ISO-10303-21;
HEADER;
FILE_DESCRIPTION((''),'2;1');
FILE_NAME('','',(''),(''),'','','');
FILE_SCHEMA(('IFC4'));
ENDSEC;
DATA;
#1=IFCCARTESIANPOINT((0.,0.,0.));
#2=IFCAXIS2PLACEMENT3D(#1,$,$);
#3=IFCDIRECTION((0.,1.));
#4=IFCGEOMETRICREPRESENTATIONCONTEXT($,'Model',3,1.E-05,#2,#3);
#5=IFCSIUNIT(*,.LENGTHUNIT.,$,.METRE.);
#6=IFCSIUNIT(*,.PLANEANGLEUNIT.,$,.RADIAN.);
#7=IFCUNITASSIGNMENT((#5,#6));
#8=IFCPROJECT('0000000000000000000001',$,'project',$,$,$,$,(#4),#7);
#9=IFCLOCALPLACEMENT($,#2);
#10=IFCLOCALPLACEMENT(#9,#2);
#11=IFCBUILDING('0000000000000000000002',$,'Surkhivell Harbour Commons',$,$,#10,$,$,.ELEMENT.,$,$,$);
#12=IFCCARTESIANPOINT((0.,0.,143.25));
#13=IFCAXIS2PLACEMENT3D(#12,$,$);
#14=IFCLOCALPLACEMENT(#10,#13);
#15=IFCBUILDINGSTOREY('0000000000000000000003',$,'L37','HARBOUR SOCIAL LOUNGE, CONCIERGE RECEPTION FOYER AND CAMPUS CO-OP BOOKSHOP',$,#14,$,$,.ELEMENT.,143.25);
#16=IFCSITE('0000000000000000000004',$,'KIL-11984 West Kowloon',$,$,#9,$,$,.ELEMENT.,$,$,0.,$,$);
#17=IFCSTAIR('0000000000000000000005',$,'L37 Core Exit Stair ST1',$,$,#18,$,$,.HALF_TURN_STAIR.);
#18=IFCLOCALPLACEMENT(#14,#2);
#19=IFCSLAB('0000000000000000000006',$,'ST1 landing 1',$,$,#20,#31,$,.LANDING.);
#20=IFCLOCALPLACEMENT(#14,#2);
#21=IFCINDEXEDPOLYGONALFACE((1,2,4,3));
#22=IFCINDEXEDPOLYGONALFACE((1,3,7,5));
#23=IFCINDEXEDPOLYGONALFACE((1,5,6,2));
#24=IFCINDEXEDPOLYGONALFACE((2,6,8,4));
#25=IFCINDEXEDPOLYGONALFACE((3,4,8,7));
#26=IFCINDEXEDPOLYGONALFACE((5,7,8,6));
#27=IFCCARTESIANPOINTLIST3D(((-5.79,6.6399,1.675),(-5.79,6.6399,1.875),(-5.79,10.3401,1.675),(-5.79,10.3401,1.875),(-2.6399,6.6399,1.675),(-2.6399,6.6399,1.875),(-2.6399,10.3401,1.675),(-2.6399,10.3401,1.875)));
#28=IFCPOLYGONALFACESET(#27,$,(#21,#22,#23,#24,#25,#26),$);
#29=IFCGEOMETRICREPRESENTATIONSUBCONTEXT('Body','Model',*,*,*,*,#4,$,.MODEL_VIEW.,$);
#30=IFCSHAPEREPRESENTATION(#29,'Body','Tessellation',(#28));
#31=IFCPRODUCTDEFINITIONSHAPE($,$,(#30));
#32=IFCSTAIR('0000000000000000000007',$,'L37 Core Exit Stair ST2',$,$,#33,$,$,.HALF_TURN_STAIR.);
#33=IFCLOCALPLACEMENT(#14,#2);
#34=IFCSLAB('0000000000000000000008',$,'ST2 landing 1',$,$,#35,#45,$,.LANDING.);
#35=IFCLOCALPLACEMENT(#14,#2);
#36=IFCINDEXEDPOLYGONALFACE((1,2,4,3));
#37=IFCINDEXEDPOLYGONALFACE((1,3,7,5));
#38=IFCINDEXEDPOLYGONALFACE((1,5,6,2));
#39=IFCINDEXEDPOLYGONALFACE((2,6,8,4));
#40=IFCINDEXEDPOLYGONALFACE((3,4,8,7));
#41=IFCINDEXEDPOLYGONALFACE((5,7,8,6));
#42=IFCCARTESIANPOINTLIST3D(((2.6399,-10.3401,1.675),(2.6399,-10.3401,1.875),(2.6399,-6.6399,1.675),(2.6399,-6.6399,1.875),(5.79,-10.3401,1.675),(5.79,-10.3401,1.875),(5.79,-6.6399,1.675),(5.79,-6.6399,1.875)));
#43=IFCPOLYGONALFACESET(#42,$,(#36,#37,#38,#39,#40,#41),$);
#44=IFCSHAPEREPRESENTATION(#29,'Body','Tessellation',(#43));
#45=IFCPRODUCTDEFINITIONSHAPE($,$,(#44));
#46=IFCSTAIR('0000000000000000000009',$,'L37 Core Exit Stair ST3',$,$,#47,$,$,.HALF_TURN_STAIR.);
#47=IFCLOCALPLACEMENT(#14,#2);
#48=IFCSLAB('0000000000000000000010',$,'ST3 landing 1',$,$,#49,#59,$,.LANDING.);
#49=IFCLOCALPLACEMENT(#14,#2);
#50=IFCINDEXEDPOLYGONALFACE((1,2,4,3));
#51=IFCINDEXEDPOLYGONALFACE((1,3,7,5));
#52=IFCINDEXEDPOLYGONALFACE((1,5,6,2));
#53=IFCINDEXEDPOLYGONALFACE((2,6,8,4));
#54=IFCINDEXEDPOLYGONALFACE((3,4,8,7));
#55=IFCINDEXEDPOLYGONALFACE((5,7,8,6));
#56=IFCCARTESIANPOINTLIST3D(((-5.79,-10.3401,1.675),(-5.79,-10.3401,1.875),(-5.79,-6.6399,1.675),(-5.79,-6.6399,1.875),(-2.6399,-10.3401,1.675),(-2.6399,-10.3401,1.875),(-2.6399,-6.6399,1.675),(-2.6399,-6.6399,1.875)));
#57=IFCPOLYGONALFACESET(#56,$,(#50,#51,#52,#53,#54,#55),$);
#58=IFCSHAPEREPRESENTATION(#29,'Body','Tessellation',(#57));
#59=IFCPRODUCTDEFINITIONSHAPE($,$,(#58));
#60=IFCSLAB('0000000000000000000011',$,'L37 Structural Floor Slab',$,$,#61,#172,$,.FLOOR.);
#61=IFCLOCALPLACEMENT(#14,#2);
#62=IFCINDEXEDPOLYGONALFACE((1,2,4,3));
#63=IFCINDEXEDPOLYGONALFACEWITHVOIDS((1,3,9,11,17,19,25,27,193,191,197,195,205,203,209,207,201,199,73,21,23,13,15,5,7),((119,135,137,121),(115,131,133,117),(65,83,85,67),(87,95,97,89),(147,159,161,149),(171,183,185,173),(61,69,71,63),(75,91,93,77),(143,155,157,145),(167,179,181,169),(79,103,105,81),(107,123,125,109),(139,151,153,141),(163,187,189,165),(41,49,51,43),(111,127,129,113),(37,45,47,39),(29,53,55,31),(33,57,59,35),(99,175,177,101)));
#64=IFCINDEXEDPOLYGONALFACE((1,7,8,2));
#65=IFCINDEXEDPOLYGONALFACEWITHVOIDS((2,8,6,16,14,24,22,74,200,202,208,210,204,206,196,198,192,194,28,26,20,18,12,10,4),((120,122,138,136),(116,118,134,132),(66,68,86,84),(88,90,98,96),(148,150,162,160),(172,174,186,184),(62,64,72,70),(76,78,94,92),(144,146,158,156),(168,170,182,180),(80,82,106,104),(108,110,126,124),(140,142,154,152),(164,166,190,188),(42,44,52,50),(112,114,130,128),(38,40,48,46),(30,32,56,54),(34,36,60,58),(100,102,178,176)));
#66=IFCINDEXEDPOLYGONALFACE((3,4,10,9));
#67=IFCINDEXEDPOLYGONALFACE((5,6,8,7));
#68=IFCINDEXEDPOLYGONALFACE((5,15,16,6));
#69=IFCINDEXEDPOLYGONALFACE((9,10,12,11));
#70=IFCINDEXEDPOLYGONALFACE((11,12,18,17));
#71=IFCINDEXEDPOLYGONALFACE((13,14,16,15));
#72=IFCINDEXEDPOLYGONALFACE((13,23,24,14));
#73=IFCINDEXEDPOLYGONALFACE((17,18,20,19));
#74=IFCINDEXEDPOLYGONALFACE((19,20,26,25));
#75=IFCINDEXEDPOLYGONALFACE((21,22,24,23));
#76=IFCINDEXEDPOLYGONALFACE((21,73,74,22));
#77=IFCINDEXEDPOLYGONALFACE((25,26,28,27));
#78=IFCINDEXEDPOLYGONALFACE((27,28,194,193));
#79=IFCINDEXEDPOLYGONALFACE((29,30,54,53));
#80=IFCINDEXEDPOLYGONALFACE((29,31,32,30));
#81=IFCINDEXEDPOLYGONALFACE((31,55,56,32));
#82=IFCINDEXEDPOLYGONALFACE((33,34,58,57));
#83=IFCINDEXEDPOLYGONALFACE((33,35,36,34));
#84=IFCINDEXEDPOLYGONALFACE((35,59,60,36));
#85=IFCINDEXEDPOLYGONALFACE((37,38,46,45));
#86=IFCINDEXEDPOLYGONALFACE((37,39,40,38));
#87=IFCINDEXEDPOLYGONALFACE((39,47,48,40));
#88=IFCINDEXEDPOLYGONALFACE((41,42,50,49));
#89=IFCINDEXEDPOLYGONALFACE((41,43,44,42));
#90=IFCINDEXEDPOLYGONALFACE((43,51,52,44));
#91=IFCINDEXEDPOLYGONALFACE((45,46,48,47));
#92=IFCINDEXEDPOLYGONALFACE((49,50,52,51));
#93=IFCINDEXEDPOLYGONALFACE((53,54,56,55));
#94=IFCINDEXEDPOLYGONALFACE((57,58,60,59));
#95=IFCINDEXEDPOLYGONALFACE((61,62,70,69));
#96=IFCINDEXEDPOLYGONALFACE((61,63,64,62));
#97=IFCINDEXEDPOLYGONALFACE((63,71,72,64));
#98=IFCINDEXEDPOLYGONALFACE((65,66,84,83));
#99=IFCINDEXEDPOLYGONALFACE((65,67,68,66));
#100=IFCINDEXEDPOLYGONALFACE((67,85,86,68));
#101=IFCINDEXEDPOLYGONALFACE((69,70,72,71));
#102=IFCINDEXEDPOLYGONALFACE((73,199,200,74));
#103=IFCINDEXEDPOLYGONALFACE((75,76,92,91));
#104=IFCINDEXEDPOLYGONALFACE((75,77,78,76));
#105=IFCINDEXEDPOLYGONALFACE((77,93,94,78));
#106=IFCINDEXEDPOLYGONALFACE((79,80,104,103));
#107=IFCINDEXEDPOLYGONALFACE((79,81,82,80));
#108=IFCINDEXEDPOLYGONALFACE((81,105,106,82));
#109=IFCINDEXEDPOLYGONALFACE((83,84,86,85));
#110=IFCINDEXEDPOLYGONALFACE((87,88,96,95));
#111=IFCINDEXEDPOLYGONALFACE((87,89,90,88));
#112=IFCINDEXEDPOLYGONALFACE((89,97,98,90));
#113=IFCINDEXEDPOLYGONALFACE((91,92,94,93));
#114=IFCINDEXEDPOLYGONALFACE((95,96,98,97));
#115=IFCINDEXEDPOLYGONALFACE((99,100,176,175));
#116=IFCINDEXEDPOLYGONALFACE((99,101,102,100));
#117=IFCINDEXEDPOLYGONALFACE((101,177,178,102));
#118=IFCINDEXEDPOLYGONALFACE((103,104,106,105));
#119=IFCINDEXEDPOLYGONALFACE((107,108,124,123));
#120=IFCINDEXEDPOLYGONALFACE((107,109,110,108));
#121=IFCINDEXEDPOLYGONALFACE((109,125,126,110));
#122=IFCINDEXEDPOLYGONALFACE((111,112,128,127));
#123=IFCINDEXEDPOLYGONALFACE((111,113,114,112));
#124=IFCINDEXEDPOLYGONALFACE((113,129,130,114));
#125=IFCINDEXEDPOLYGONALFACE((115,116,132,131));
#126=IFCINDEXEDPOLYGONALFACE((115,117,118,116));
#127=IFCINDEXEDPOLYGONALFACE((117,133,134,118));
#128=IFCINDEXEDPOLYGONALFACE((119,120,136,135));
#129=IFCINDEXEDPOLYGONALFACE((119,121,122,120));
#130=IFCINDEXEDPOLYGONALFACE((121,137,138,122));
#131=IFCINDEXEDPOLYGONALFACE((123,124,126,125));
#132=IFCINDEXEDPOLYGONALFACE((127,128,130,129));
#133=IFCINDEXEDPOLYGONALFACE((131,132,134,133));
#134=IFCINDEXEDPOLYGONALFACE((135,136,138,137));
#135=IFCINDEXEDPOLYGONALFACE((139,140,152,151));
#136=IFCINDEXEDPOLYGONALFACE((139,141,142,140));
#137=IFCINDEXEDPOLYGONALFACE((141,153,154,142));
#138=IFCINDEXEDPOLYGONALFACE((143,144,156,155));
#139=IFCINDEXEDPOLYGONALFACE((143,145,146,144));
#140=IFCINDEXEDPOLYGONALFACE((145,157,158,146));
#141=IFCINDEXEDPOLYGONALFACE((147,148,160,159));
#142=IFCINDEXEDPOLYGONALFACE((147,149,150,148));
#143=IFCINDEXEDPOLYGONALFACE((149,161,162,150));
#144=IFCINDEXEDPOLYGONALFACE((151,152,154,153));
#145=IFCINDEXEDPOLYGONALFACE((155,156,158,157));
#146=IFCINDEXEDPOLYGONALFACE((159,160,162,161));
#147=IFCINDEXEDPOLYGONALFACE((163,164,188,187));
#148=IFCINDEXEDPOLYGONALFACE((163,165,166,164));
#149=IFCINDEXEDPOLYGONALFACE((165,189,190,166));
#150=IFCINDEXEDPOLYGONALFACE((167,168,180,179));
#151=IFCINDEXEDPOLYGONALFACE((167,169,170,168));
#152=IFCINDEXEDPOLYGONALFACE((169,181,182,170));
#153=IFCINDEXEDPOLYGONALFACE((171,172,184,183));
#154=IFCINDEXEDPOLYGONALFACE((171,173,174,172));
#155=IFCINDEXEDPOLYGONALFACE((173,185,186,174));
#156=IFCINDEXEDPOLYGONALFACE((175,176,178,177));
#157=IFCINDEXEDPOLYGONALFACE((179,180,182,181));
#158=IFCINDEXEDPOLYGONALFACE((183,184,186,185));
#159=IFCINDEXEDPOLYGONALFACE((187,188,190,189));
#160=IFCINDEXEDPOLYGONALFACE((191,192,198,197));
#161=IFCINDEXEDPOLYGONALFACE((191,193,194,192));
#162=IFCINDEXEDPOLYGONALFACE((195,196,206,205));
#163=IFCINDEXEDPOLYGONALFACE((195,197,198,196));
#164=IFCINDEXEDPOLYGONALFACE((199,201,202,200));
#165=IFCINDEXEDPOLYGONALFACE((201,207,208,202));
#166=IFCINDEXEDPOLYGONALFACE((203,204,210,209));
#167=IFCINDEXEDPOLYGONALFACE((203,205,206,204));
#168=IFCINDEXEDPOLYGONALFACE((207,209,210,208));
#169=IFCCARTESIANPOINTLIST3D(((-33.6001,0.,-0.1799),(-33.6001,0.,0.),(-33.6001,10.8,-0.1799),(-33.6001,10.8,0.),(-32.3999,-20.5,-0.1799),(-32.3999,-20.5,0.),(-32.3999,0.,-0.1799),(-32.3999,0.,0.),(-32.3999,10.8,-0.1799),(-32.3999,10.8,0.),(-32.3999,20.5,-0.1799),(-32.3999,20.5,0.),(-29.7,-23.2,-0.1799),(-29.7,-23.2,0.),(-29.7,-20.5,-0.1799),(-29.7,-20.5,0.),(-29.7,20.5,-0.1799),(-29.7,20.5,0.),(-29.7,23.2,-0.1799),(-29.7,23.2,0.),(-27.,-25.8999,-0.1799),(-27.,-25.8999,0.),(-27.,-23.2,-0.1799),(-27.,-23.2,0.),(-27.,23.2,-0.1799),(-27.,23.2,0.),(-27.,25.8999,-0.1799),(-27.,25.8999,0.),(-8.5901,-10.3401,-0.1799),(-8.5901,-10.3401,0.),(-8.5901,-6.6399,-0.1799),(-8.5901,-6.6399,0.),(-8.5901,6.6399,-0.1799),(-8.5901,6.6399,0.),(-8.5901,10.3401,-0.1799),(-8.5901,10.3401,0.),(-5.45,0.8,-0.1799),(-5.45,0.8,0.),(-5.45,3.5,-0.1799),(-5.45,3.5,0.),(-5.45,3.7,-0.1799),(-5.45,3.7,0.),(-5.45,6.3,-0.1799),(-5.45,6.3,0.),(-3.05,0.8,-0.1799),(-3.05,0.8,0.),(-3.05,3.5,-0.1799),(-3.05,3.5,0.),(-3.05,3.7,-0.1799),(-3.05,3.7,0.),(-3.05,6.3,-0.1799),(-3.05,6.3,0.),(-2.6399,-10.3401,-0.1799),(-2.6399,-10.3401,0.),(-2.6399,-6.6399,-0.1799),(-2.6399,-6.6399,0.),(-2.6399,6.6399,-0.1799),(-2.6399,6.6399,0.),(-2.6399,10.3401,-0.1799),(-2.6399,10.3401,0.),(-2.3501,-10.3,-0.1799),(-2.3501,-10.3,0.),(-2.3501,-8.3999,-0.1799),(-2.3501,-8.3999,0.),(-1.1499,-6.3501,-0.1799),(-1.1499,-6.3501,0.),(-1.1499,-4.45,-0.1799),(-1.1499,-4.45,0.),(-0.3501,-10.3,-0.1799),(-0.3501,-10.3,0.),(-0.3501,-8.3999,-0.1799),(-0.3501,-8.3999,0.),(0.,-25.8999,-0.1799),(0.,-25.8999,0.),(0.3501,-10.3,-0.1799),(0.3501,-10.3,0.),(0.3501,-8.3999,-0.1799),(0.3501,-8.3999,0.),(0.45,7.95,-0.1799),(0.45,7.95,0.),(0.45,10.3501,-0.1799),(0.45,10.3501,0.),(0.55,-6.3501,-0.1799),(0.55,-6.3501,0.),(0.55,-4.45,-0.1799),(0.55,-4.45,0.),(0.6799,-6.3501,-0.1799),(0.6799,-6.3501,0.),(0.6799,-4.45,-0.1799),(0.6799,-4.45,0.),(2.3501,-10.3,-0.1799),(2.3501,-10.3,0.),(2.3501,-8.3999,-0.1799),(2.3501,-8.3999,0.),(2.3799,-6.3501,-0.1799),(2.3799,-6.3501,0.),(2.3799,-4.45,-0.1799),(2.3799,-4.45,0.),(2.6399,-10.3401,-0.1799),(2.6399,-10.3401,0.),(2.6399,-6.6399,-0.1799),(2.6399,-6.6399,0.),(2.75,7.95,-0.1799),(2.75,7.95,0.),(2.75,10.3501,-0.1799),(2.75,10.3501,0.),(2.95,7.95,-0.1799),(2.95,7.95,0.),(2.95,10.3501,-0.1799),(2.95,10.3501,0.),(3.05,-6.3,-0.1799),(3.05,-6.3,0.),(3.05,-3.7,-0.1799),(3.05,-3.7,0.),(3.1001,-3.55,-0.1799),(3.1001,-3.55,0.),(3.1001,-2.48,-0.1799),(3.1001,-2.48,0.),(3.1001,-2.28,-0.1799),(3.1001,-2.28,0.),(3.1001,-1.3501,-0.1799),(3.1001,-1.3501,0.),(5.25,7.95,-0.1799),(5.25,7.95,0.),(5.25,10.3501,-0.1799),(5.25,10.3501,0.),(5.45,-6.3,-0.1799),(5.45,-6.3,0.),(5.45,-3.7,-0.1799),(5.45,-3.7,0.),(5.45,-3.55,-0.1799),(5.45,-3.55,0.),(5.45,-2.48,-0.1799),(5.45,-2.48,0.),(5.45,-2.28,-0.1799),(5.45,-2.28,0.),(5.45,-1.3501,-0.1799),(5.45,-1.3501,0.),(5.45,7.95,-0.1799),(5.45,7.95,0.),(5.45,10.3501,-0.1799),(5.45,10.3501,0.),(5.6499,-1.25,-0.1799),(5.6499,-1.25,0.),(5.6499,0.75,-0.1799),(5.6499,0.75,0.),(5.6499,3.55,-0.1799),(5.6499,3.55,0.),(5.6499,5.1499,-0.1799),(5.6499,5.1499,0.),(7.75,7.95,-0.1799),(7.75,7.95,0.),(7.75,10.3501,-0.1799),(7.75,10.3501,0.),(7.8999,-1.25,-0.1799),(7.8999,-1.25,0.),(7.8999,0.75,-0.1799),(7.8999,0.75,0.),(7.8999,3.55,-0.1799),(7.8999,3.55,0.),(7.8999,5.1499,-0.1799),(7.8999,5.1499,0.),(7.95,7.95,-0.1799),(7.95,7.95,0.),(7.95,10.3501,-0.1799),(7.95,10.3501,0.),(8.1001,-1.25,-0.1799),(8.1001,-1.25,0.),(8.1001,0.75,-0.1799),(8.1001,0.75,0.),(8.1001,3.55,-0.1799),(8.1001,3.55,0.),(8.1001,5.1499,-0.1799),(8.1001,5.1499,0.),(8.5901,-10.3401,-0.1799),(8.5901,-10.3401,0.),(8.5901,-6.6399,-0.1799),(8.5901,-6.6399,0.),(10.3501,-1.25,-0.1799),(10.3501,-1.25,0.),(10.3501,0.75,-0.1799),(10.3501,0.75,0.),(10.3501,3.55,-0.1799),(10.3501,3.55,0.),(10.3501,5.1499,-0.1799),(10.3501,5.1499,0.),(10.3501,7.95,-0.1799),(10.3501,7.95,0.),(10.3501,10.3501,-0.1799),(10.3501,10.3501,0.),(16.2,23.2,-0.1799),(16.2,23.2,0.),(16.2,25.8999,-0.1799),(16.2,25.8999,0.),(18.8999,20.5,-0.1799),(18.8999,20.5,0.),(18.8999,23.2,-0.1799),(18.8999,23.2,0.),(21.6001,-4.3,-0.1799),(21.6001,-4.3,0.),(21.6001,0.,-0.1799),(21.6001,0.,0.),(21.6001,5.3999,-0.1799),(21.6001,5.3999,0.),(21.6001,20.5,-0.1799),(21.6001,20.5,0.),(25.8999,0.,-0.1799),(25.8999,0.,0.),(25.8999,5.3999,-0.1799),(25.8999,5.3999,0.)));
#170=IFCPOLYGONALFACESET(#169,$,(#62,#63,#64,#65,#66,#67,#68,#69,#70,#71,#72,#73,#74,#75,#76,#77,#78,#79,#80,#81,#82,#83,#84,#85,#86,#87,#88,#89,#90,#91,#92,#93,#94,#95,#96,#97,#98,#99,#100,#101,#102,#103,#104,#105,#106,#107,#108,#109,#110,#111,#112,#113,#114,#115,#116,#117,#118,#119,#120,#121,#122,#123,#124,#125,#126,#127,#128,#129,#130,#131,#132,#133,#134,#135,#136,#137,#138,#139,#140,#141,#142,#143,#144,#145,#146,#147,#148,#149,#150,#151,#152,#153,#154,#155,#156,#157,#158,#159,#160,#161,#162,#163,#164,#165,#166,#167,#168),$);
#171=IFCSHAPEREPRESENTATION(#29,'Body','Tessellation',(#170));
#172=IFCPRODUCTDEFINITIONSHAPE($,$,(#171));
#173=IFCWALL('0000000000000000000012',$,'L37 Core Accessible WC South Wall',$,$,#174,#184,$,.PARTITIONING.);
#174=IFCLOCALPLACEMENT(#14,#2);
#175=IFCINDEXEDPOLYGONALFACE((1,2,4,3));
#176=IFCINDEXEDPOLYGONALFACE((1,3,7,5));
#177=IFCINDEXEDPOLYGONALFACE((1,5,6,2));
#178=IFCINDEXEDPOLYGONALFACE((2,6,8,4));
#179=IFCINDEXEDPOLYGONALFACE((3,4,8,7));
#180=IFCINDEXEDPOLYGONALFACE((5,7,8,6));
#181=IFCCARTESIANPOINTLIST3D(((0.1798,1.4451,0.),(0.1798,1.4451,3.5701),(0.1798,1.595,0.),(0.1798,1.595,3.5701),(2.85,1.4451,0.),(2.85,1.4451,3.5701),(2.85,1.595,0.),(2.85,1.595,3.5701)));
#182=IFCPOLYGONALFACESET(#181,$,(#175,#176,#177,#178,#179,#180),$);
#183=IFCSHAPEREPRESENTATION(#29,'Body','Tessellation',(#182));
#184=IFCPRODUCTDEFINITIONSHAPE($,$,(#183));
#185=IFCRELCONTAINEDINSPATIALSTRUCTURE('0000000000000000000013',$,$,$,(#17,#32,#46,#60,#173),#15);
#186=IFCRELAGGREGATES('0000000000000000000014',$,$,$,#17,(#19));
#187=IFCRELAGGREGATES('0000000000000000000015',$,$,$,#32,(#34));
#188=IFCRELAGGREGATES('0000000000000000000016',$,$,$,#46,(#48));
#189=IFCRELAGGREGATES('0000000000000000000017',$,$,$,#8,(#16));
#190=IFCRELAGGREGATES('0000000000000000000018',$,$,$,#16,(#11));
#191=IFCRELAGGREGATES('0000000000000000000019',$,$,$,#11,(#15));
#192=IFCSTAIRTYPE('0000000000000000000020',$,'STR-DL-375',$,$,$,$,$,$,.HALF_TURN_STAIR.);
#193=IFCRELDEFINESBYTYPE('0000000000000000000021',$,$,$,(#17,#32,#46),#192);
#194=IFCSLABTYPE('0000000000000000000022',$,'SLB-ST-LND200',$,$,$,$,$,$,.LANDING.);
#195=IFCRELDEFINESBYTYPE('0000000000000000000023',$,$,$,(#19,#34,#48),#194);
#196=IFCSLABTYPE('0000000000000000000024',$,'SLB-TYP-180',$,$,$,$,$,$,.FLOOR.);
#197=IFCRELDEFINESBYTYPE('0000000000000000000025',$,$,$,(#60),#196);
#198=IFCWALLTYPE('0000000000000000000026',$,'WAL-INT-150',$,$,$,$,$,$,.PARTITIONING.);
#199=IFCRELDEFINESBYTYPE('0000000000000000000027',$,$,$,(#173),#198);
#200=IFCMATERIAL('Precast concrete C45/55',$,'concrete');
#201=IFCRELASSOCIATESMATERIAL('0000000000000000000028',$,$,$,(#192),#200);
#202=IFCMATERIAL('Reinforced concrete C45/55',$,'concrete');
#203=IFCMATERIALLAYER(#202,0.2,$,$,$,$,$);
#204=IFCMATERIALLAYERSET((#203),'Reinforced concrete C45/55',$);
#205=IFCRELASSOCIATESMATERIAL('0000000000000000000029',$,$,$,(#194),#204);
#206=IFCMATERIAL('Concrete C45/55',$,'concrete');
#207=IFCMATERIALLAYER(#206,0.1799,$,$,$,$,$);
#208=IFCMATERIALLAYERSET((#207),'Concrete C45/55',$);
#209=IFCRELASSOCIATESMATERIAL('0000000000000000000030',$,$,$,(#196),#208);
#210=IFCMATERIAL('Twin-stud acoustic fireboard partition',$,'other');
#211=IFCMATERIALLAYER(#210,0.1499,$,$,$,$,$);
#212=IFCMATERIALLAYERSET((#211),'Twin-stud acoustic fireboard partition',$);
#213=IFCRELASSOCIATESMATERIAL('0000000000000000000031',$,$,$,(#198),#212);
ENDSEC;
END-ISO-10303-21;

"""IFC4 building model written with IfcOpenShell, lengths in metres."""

from ifc_helpers import new_model, si_unit, direction, frame, frame_2d, origin, place, context, subcontext, project, spatial, polyline, rectangle, outline, extrude, material, layer, layer_set, type_object, element, aggregate, save


model = new_model("IFC4")

# Units and contexts
model_context = context("Model", 3, precision=1e-05, world=origin(), true_north=direction((0.0, 1.0)))
body_context = subcontext(model_context, "Body", "Model", "MODEL_VIEW")
ifc_project = project(units=[si_unit("LENGTHUNIT", "METRE"), si_unit("PLANEANGLEUNIT", "RADIAN")], contexts=[model_context])

# Site, building, storey
site_placement = place(None, origin())
site = spatial("IfcSite", under=ifc_project, at=site_placement, Name="KIL-11984 West Kowloon", CompositionType="ELEMENT", RefElevation=0.0)
building_placement = place(site_placement, origin())
building = spatial("IfcBuilding", under=site, at=building_placement, Name="Surkhivell Harbour Commons", CompositionType="ELEMENT")
storey_placement = place(building_placement, frame((0.0, 0.0, 143.25)))
storey = spatial("IfcBuildingStorey", under=building, at=storey_placement, Name="L37", Description="HARBOUR SOCIAL LOUNGE, CONCIERGE RECEPTION FOYER AND CAMPUS CO-OP BOOKSHOP", CompositionType="ELEMENT", Elevation=143.25)

# Stairs, slabs
ifc_material_1 = material(Name="Precast concrete C45/55", Category="concrete")
stair_type = type_object("IfcStairType", Name="STR-DL-375", PredefinedType="HALF_TURN_STAIR", material=ifc_material_1)
stair_1_placement = place(storey_placement, origin())
stair_1 = element("IfcStair", 1, at=stair_1_placement, inside=storey, type_object=stair_type, Name="L37 Core Exit Stair ST1", PredefinedType="HALF_TURN_STAIR")
ifc_material_2 = material(Name="Reinforced concrete C45/55", Category="concrete")
ifc_layer_1 = layer(ifc_material_2, 0.2)
ifc_layer_set_1 = layer_set([ifc_layer_1], Name="Reinforced concrete C45/55")
slab_type_1 = type_object("IfcSlabType", Name="SLB-ST-LND200", PredefinedType="LANDING", material=ifc_layer_set_1)
slab_1_placement = place(storey_placement, frame((0.0, 0.0, 1.675)))
slab_1 = element("IfcSlab", 2, at=slab_1_placement, type_object=slab_type_1, Name="ST1 landing 1", PredefinedType="LANDING", context=body_context, shape_type="SweptSolid", body=[
    extrude(outline(polyline([(-5.79, 6.6399), (-2.6399, 6.6399), (-2.6399, 10.3401), (-5.79, 10.3401), (-5.79, 6.6399)])), origin(), (0.0, 0.0, 1.0), 0.2),
])
aggregate(stair_1, [slab_1])
stair_2_placement = place(storey_placement, origin())
stair_2 = element("IfcStair", 3, at=stair_2_placement, inside=storey, type_object=stair_type, Name="L37 Core Exit Stair ST2", PredefinedType="HALF_TURN_STAIR")
slab_2_placement = place(storey_placement, frame((0.0, 0.0, 1.675)))
slab_2 = element("IfcSlab", 4, at=slab_2_placement, type_object=slab_type_1, Name="ST2 landing 1", PredefinedType="LANDING", context=body_context, shape_type="SweptSolid", body=[
    extrude(outline(polyline([(5.79, -6.6399), (2.6399, -6.6399), (2.6399, -10.3401), (5.79, -10.3401), (5.79, -6.6399)])), origin(), (0.0, 0.0, 1.0), 0.2),
])
aggregate(stair_2, [slab_2])
stair_3_placement = place(storey_placement, origin())
stair_3 = element("IfcStair", 5, at=stair_3_placement, inside=storey, type_object=stair_type, Name="L37 Core Exit Stair ST3", PredefinedType="HALF_TURN_STAIR")
slab_3_placement = place(storey_placement, frame((0.0, 0.0, 1.675)))
slab_3 = element("IfcSlab", 6, at=slab_3_placement, type_object=slab_type_1, Name="ST3 landing 1", PredefinedType="LANDING", context=body_context, shape_type="SweptSolid", body=[
    extrude(outline(polyline([(-5.79, -10.3401), (-2.6399, -10.3401), (-2.6399, -6.6399), (-5.79, -6.6399), (-5.79, -10.3401)])), origin(), (0.0, 0.0, 1.0), 0.2),
])
aggregate(stair_3, [slab_3])

# Slab
ifc_material_3 = material(Name="Concrete C45/55", Category="concrete")
ifc_layer_2 = layer(ifc_material_3, 0.1799)
ifc_layer_set_2 = layer_set([ifc_layer_2], Name="Concrete C45/55")
slab_type_2 = type_object("IfcSlabType", Name="SLB-TYP-180", PredefinedType="FLOOR", material=ifc_layer_set_2)
slab_4_placement = place(storey_placement, frame((0.0, 0.0, -0.1799)))
element("IfcSlab", 7, at=slab_4_placement, inside=storey, type_object=slab_type_2, Name="L37 Structural Floor Slab", PredefinedType="FLOOR", context=body_context, shape_type="SweptSolid", body=[
    extrude(outline(polyline([(-32.3999, 20.5), (-32.3999, 10.8), (-33.6001, 10.8), (-33.6001, 0.0), (-32.3999, 0.0), (-32.3999, -20.5), (-29.7, -20.5), (-29.7, -23.2), (-27.0, -23.2), (-27.0, -25.8999), (0.0, -25.8999), (21.6001, -4.3), (21.6001, 0.0), (25.8999, 0.0), (25.8999, 5.3999), (21.6001, 5.3999), (21.6001, 20.5), (18.8999, 20.5), (18.8999, 23.2), (16.2, 23.2), (16.2, 25.8999), (-27.0, 25.8999), (-27.0, 23.2), (-29.7, 23.2), (-29.7, 20.5), (-32.3999, 20.5)]), holes=[polyline([(-8.5901, 6.6399), (-2.6399, 6.6399), (-2.6399, 10.3401), (-8.5901, 10.3401), (-8.5901, 6.6399)]), polyline([(8.5901, -6.6399), (2.6399, -6.6399), (2.6399, -10.3401), (8.5901, -10.3401), (8.5901, -6.6399)]), polyline([(-8.5901, -10.3401), (-2.6399, -10.3401), (-2.6399, -6.6399), (-8.5901, -6.6399), (-8.5901, -10.3401)]), polyline([(0.45, 7.95), (2.75, 7.95), (2.75, 10.3501), (0.45, 10.3501), (0.45, 7.95)]), polyline([(2.95, 7.95), (5.25, 7.95), (5.25, 10.3501), (2.95, 10.3501), (2.95, 7.95)]), polyline([(5.45, 7.95), (7.75, 7.95), (7.75, 10.3501), (5.45, 10.3501), (5.45, 7.95)]), polyline([(7.95, 7.95), (10.3501, 7.95), (10.3501, 10.3501), (7.95, 10.3501), (7.95, 7.95)]), polyline([(5.6499, 3.55), (7.8999, 3.55), (7.8999, 5.1499), (5.6499, 5.1499), (5.6499, 3.55)]), polyline([(8.1001, 3.55), (10.3501, 3.55), (10.3501, 5.1499), (8.1001, 5.1499), (8.1001, 3.55)]), polyline([(5.6499, -1.25), (7.8999, -1.25), (7.8999, 0.75), (5.6499, 0.75), (5.6499, -1.25)]), polyline([(8.1001, -1.25), (10.3501, -1.25), (10.3501, 0.75), (8.1001, 0.75), (8.1001, -1.25)]), polyline([(-1.1499, -6.3501), (0.55, -6.3501), (0.55, -4.45), (-1.1499, -4.45), (-1.1499, -6.3501)]), polyline([(0.6799, -6.3501), (2.3799, -6.3501), (2.3799, -4.45), (0.6799, -4.45), (0.6799, -6.3501)]), polyline([(-2.3501, -10.3), (-0.3501, -10.3), (-0.3501, -8.3999), (-2.3501, -8.3999), (-2.3501, -10.3)]), polyline([(0.3501, -10.3), (2.3501, -10.3), (2.3501, -8.3999), (0.3501, -8.3999), (0.3501, -10.3)]), polyline([(-5.45, 3.7), (-3.05, 3.7), (-3.05, 6.3), (-5.45, 6.3), (-5.45, 3.7)]), polyline([(3.05, -6.3), (5.45, -6.3), (5.45, -3.7), (3.05, -3.7), (3.05, -6.3)]), polyline([(-5.45, 0.8), (-3.05, 0.8), (-3.05, 3.5), (-5.45, 3.5), (-5.45, 0.8)]), polyline([(3.1001, -3.55), (5.45, -3.55), (5.45, -2.48), (3.1001, -2.48), (3.1001, -3.55)]), polyline([(3.1001, -2.28), (5.45, -2.28), (5.45, -1.3501), (3.1001, -1.3501), (3.1001, -2.28)])]), origin(), (0.0, 0.0, 1.0), 0.1799),
])

# Wall
ifc_material_4 = material(Name="Twin-stud acoustic fireboard partition", Category="other")
ifc_layer_3 = layer(ifc_material_4, 0.1499)
ifc_layer_set_3 = layer_set([ifc_layer_3], Name="Twin-stud acoustic fireboard partition")
wall_type_1 = type_object("IfcWallType", Name="WAL-INT-150", PredefinedType="PARTITIONING", material=ifc_layer_set_3)
wall_1_placement = place(storey_placement, frame((0.1799, 1.52, 0.0), z_axis=(0.0, 0.0, 1.0), x_axis=(1.0, 0.0, 0.0)))
element("IfcWall", 8, at=wall_1_placement, inside=storey, type_object=wall_type_1, Name="L37 Core Accessible WC South Wall", PredefinedType="PARTITIONING", context=body_context, shape_type="SweptSolid", body=[
    extrude(rectangle(XDim=2.6702, YDim=0.1499, at=frame_2d((1.335, 0.0))), origin(), (0.0, 0.0, 1.0), 3.5701),
])

save(model, "model.ifc")
